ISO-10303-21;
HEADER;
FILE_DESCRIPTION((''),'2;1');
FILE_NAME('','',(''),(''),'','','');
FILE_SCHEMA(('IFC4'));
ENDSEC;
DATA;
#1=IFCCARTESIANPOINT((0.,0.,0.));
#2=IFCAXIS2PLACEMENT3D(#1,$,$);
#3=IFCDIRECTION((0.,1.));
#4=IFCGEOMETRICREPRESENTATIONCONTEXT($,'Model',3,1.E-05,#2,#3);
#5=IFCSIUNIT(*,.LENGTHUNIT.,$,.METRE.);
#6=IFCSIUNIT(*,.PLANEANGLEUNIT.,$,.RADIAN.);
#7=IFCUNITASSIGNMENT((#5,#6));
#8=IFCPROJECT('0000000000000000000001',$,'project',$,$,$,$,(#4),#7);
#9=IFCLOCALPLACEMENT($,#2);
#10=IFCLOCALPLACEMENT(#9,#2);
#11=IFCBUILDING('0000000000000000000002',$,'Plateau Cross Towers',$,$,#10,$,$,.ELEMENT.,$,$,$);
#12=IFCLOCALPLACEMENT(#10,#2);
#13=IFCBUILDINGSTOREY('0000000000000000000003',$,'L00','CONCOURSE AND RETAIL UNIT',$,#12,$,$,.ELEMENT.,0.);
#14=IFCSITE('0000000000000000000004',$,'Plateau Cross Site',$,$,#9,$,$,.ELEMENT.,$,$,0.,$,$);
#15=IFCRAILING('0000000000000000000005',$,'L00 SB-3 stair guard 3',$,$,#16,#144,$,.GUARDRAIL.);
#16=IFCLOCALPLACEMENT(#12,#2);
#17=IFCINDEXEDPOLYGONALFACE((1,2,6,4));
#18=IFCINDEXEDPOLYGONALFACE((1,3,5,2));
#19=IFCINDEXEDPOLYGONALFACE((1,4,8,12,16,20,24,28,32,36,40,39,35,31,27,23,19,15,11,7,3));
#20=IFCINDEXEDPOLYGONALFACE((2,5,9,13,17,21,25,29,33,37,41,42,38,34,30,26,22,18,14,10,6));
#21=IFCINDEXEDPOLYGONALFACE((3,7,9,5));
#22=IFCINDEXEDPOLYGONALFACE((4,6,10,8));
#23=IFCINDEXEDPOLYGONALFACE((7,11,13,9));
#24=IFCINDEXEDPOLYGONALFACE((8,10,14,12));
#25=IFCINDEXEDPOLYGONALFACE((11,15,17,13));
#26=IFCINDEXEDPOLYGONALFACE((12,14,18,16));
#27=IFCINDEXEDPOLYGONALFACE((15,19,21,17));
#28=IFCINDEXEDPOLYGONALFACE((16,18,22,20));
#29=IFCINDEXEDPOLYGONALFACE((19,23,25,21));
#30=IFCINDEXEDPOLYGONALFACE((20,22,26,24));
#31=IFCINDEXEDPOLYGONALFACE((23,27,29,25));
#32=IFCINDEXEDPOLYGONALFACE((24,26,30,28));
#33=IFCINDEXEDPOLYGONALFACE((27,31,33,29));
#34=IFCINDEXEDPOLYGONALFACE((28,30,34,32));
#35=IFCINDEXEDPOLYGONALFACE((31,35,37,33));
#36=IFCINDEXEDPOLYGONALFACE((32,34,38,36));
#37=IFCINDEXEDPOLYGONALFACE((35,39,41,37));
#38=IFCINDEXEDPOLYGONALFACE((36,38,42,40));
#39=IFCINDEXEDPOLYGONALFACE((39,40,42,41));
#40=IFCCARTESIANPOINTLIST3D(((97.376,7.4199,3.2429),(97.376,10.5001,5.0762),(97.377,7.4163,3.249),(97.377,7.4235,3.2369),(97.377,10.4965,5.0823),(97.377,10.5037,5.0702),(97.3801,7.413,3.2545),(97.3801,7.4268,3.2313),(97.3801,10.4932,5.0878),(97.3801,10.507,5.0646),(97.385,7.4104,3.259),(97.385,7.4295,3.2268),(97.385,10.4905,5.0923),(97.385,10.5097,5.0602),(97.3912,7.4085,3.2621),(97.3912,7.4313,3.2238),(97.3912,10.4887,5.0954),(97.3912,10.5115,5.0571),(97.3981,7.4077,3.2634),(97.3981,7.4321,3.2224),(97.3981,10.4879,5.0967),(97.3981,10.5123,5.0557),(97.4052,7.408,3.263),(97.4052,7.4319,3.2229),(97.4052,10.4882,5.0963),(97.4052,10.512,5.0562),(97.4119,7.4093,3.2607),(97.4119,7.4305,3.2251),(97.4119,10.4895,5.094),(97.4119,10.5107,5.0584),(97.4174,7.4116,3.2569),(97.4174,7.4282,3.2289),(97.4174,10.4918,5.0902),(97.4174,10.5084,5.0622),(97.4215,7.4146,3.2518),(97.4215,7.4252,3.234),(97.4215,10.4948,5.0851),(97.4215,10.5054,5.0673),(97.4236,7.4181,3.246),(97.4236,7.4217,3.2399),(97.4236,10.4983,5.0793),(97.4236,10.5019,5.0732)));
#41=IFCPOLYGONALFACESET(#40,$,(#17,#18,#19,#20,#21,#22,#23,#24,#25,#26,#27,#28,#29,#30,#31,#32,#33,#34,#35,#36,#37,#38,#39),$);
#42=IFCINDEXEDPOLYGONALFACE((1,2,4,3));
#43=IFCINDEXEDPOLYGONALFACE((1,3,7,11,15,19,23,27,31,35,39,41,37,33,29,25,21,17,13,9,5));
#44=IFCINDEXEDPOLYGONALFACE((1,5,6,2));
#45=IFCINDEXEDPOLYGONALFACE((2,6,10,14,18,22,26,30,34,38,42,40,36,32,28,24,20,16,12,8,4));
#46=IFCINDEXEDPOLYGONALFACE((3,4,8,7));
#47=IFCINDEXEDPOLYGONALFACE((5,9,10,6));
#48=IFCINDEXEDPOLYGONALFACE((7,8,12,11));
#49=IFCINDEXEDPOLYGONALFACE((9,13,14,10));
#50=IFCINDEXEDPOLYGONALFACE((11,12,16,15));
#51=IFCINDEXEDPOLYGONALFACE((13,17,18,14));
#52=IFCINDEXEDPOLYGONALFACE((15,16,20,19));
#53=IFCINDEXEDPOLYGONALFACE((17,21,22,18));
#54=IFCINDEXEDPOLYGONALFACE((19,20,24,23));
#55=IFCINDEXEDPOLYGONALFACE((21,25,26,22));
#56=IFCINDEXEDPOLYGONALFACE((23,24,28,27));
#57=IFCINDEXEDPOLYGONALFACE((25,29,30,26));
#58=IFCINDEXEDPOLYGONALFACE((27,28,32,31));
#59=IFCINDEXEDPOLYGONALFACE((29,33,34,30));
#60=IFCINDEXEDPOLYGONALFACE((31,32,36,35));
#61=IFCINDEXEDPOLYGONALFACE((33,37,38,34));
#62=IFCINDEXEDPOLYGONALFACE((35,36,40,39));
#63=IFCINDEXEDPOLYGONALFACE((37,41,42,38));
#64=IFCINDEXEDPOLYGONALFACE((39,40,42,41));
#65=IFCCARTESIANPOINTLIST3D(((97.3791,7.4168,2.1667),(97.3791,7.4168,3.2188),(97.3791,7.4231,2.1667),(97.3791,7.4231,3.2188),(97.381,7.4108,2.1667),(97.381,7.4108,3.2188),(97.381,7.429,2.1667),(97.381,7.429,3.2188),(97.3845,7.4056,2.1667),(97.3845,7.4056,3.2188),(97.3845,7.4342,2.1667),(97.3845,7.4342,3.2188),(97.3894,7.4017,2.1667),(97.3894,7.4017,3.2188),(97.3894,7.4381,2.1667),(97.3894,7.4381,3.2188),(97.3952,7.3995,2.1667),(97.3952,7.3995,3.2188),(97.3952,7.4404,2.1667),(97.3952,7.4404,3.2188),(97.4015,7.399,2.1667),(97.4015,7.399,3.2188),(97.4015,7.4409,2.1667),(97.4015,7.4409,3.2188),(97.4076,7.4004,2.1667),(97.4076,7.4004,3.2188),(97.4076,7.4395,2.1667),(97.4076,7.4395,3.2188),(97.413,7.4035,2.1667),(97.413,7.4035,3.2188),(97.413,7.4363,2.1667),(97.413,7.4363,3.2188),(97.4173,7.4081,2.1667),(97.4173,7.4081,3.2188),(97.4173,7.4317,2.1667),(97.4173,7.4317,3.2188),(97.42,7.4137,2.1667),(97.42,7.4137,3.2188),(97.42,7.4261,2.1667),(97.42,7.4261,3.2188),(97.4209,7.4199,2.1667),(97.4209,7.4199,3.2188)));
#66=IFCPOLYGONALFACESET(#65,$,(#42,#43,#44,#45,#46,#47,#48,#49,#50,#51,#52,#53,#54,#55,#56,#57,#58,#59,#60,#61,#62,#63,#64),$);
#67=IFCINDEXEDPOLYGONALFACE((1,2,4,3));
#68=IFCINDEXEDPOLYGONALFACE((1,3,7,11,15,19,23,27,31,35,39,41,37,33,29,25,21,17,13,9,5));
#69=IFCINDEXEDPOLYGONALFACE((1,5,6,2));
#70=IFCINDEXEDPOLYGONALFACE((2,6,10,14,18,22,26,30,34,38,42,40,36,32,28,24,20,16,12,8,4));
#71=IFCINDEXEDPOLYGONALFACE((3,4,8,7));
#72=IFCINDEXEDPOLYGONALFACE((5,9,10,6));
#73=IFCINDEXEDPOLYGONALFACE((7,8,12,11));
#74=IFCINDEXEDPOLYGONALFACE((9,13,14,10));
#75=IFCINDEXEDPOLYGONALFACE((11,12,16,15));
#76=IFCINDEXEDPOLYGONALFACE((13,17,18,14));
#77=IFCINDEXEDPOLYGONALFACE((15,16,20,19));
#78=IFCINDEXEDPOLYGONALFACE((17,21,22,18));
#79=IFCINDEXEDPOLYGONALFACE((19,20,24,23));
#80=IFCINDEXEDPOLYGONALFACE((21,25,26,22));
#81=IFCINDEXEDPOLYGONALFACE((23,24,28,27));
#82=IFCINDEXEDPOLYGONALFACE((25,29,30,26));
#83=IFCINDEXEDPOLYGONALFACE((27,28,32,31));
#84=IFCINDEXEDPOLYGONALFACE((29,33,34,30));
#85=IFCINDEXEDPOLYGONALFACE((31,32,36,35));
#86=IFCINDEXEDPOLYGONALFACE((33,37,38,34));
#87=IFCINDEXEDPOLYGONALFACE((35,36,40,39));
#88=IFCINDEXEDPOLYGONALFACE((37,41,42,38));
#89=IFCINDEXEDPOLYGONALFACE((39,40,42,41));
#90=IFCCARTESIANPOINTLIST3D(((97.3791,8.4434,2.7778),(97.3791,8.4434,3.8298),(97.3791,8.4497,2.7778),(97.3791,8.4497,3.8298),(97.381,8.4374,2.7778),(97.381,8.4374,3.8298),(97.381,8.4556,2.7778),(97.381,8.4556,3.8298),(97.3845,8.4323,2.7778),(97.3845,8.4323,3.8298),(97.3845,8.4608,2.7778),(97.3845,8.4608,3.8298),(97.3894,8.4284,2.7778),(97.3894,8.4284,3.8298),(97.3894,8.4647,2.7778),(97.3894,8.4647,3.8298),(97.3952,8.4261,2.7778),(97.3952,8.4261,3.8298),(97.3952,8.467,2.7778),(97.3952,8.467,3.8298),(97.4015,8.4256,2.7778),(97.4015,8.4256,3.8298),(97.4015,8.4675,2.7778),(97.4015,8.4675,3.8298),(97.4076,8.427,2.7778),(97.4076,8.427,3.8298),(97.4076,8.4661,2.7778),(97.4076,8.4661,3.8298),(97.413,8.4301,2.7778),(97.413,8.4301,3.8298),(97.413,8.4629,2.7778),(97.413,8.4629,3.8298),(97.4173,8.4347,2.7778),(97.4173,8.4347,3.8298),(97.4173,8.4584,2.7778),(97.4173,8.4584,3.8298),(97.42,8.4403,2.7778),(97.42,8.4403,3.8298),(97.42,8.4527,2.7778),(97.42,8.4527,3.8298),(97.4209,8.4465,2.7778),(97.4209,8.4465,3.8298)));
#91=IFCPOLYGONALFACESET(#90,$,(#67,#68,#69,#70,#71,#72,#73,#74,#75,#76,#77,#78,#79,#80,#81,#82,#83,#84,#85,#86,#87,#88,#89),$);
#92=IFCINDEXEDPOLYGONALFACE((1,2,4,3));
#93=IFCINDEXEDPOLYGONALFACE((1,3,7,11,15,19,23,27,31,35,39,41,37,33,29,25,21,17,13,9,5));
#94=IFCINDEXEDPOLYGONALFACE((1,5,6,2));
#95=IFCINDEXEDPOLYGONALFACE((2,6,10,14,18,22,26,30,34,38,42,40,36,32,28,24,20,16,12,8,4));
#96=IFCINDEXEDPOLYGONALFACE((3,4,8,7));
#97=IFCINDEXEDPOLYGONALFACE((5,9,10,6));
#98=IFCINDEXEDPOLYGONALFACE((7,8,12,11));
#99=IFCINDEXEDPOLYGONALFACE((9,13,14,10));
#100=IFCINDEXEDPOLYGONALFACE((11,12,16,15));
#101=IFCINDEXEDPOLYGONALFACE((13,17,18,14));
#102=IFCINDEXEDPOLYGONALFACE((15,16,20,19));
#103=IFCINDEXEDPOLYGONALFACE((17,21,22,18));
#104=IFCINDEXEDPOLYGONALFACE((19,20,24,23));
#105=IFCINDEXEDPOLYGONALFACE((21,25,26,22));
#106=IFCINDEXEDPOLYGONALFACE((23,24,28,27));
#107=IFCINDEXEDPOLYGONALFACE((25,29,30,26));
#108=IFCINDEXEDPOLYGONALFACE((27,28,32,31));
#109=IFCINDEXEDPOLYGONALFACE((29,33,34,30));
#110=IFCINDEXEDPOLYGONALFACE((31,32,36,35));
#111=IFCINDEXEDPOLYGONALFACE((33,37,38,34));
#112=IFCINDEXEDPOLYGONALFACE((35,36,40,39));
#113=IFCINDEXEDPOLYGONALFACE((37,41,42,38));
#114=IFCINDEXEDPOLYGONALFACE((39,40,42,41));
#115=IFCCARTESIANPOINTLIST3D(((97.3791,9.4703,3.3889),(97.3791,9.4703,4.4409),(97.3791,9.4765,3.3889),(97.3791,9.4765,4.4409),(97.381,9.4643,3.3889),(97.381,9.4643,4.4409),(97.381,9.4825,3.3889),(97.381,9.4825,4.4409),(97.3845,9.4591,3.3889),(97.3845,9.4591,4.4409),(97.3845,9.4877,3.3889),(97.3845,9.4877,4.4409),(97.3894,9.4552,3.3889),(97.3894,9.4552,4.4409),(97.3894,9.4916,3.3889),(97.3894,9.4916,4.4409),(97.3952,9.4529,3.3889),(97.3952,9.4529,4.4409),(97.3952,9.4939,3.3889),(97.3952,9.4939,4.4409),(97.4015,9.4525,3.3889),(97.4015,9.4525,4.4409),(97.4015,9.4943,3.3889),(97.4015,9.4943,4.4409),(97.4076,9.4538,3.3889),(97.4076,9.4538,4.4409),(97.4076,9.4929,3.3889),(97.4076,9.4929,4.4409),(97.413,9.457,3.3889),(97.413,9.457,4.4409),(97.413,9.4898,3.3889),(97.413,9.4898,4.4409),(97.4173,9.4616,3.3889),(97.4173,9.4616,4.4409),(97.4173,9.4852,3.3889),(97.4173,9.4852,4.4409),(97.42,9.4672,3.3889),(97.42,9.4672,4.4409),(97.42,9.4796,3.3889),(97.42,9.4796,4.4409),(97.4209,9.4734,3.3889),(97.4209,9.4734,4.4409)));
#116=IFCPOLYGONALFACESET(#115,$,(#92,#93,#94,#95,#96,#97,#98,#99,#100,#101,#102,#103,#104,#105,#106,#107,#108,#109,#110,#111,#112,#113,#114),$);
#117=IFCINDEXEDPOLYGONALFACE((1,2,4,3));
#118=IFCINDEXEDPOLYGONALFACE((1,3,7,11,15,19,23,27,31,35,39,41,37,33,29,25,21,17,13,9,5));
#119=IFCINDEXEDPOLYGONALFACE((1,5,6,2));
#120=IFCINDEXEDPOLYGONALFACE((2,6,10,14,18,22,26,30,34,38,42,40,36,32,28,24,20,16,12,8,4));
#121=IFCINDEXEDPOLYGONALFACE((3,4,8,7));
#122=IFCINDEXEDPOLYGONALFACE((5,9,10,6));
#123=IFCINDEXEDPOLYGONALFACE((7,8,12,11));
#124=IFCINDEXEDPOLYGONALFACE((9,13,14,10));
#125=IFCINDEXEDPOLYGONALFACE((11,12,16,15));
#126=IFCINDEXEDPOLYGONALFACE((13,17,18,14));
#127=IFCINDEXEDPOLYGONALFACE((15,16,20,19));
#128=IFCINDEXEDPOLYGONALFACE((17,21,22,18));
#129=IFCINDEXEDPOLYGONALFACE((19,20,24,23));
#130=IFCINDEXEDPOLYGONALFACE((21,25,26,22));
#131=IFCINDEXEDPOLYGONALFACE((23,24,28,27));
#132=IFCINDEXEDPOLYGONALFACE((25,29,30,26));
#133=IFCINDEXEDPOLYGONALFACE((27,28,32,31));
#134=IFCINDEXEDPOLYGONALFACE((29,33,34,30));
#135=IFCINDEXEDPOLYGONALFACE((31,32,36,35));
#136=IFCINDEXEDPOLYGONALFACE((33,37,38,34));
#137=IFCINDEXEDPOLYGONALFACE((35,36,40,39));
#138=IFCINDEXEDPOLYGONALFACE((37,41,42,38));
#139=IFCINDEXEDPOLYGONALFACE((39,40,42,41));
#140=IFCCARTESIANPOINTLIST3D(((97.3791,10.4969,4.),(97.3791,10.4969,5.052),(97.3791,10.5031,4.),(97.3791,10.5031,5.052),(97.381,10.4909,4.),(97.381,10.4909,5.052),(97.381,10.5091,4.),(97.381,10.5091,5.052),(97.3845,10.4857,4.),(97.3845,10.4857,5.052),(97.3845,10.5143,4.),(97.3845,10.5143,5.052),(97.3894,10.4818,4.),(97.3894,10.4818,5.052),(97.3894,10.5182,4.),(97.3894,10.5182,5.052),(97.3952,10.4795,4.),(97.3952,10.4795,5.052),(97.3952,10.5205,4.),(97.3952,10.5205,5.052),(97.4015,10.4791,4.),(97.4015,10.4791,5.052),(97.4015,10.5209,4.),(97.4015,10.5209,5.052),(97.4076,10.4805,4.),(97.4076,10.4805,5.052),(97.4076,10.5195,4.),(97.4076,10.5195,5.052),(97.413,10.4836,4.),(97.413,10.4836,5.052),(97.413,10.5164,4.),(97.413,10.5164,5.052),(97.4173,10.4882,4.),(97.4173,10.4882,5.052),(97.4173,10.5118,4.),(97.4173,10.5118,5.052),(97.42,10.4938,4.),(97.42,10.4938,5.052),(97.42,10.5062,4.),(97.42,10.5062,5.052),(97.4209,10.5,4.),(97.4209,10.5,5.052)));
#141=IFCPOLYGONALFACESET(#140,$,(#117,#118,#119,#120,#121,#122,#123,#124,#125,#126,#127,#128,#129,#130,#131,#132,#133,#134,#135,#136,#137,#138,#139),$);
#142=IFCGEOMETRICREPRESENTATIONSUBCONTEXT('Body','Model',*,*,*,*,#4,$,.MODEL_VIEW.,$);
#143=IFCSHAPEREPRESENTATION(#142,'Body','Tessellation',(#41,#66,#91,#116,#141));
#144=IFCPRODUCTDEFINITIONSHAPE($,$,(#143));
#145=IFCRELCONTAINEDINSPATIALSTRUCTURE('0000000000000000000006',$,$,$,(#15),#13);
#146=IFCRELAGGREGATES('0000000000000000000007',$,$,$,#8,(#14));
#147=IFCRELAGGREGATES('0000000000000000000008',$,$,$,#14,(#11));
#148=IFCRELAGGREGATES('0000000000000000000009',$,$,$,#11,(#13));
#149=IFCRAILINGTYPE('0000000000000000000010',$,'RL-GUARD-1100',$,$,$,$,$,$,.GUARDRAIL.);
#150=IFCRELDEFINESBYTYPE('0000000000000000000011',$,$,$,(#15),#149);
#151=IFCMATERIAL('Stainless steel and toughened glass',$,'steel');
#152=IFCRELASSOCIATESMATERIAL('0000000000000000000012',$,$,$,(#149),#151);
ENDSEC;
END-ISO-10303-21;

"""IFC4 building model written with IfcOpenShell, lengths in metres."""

from ifc_helpers import new_model, si_unit, direction, frame, origin, origin_2d, place, context, subcontext, project, spatial, circle, extrude, material, type_object, element, save


model = new_model("IFC4")

# Units and contexts
model_context = context("Model", 3, precision=1e-05, world=origin(), true_north=direction((0.0, 1.0)))
body_context = subcontext(model_context, "Body", "Model", "MODEL_VIEW")
ifc_project = project(units=[si_unit("LENGTHUNIT", "METRE"), si_unit("PLANEANGLEUNIT", "RADIAN")], contexts=[model_context])

# Site, building, storey
site_placement = place(None, origin())
site = spatial("IfcSite", under=ifc_project, at=site_placement, Name="Plateau Cross Site", CompositionType="ELEMENT", RefElevation=0.0)
building_placement = place(site_placement, origin())
building = spatial("IfcBuilding", under=site, at=building_placement, Name="Plateau Cross Towers", CompositionType="ELEMENT")
storey_placement = place(building_placement, origin())
storey = spatial("IfcBuildingStorey", under=building, at=storey_placement, Name="L00", Description="CONCOURSE AND RETAIL UNIT", CompositionType="ELEMENT", Elevation=0.0)

# Railing
ifc_material_1 = material(Name="Stainless steel and toughened glass", Category="steel")
railing_type_1 = type_object("IfcRailingType", Name="RL-GUARD-1100", PredefinedType="GUARDRAIL", material=ifc_material_1)
railing_1_placement = place(storey_placement, frame((97.3999, 7.4199, 2.1667)))
element("IfcRailing", 1, at=railing_1_placement, inside=storey, type_object=railing_type_1, Name="L00 SB-3 stair guard 3", PredefinedType="GUARDRAIL", context=body_context, shape_type="SweptSolid", body=[
    extrude(circle(Radius=0.0239, at=origin_2d()), frame((0.0, 0.0, 1.0762), z_axis=(0.0, 0.859309, 0.511458), x_axis=(-1.0, 0.0, 0.0)), (0.0, 0.0, 1.0), 3.5845),
    extrude(circle(Radius=0.021, at=origin_2d()), origin(), (0.0, 0.0, 1.0), 1.052),
    extrude(circle(Radius=0.021, at=origin_2d()), frame((0.0, 1.0266, 0.6111)), (0.0, 0.0, 1.0), 1.052),
    extrude(circle(Radius=0.021, at=origin_2d()), frame((0.0, 2.0535, 1.2222)), (0.0, 0.0, 1.0), 1.052),
    extrude(circle(Radius=0.021, at=origin_2d()), frame((0.0, 3.0801, 1.8333)), (0.0, 0.0, 1.0), 1.052),
])

save(model, "model.ifc")
